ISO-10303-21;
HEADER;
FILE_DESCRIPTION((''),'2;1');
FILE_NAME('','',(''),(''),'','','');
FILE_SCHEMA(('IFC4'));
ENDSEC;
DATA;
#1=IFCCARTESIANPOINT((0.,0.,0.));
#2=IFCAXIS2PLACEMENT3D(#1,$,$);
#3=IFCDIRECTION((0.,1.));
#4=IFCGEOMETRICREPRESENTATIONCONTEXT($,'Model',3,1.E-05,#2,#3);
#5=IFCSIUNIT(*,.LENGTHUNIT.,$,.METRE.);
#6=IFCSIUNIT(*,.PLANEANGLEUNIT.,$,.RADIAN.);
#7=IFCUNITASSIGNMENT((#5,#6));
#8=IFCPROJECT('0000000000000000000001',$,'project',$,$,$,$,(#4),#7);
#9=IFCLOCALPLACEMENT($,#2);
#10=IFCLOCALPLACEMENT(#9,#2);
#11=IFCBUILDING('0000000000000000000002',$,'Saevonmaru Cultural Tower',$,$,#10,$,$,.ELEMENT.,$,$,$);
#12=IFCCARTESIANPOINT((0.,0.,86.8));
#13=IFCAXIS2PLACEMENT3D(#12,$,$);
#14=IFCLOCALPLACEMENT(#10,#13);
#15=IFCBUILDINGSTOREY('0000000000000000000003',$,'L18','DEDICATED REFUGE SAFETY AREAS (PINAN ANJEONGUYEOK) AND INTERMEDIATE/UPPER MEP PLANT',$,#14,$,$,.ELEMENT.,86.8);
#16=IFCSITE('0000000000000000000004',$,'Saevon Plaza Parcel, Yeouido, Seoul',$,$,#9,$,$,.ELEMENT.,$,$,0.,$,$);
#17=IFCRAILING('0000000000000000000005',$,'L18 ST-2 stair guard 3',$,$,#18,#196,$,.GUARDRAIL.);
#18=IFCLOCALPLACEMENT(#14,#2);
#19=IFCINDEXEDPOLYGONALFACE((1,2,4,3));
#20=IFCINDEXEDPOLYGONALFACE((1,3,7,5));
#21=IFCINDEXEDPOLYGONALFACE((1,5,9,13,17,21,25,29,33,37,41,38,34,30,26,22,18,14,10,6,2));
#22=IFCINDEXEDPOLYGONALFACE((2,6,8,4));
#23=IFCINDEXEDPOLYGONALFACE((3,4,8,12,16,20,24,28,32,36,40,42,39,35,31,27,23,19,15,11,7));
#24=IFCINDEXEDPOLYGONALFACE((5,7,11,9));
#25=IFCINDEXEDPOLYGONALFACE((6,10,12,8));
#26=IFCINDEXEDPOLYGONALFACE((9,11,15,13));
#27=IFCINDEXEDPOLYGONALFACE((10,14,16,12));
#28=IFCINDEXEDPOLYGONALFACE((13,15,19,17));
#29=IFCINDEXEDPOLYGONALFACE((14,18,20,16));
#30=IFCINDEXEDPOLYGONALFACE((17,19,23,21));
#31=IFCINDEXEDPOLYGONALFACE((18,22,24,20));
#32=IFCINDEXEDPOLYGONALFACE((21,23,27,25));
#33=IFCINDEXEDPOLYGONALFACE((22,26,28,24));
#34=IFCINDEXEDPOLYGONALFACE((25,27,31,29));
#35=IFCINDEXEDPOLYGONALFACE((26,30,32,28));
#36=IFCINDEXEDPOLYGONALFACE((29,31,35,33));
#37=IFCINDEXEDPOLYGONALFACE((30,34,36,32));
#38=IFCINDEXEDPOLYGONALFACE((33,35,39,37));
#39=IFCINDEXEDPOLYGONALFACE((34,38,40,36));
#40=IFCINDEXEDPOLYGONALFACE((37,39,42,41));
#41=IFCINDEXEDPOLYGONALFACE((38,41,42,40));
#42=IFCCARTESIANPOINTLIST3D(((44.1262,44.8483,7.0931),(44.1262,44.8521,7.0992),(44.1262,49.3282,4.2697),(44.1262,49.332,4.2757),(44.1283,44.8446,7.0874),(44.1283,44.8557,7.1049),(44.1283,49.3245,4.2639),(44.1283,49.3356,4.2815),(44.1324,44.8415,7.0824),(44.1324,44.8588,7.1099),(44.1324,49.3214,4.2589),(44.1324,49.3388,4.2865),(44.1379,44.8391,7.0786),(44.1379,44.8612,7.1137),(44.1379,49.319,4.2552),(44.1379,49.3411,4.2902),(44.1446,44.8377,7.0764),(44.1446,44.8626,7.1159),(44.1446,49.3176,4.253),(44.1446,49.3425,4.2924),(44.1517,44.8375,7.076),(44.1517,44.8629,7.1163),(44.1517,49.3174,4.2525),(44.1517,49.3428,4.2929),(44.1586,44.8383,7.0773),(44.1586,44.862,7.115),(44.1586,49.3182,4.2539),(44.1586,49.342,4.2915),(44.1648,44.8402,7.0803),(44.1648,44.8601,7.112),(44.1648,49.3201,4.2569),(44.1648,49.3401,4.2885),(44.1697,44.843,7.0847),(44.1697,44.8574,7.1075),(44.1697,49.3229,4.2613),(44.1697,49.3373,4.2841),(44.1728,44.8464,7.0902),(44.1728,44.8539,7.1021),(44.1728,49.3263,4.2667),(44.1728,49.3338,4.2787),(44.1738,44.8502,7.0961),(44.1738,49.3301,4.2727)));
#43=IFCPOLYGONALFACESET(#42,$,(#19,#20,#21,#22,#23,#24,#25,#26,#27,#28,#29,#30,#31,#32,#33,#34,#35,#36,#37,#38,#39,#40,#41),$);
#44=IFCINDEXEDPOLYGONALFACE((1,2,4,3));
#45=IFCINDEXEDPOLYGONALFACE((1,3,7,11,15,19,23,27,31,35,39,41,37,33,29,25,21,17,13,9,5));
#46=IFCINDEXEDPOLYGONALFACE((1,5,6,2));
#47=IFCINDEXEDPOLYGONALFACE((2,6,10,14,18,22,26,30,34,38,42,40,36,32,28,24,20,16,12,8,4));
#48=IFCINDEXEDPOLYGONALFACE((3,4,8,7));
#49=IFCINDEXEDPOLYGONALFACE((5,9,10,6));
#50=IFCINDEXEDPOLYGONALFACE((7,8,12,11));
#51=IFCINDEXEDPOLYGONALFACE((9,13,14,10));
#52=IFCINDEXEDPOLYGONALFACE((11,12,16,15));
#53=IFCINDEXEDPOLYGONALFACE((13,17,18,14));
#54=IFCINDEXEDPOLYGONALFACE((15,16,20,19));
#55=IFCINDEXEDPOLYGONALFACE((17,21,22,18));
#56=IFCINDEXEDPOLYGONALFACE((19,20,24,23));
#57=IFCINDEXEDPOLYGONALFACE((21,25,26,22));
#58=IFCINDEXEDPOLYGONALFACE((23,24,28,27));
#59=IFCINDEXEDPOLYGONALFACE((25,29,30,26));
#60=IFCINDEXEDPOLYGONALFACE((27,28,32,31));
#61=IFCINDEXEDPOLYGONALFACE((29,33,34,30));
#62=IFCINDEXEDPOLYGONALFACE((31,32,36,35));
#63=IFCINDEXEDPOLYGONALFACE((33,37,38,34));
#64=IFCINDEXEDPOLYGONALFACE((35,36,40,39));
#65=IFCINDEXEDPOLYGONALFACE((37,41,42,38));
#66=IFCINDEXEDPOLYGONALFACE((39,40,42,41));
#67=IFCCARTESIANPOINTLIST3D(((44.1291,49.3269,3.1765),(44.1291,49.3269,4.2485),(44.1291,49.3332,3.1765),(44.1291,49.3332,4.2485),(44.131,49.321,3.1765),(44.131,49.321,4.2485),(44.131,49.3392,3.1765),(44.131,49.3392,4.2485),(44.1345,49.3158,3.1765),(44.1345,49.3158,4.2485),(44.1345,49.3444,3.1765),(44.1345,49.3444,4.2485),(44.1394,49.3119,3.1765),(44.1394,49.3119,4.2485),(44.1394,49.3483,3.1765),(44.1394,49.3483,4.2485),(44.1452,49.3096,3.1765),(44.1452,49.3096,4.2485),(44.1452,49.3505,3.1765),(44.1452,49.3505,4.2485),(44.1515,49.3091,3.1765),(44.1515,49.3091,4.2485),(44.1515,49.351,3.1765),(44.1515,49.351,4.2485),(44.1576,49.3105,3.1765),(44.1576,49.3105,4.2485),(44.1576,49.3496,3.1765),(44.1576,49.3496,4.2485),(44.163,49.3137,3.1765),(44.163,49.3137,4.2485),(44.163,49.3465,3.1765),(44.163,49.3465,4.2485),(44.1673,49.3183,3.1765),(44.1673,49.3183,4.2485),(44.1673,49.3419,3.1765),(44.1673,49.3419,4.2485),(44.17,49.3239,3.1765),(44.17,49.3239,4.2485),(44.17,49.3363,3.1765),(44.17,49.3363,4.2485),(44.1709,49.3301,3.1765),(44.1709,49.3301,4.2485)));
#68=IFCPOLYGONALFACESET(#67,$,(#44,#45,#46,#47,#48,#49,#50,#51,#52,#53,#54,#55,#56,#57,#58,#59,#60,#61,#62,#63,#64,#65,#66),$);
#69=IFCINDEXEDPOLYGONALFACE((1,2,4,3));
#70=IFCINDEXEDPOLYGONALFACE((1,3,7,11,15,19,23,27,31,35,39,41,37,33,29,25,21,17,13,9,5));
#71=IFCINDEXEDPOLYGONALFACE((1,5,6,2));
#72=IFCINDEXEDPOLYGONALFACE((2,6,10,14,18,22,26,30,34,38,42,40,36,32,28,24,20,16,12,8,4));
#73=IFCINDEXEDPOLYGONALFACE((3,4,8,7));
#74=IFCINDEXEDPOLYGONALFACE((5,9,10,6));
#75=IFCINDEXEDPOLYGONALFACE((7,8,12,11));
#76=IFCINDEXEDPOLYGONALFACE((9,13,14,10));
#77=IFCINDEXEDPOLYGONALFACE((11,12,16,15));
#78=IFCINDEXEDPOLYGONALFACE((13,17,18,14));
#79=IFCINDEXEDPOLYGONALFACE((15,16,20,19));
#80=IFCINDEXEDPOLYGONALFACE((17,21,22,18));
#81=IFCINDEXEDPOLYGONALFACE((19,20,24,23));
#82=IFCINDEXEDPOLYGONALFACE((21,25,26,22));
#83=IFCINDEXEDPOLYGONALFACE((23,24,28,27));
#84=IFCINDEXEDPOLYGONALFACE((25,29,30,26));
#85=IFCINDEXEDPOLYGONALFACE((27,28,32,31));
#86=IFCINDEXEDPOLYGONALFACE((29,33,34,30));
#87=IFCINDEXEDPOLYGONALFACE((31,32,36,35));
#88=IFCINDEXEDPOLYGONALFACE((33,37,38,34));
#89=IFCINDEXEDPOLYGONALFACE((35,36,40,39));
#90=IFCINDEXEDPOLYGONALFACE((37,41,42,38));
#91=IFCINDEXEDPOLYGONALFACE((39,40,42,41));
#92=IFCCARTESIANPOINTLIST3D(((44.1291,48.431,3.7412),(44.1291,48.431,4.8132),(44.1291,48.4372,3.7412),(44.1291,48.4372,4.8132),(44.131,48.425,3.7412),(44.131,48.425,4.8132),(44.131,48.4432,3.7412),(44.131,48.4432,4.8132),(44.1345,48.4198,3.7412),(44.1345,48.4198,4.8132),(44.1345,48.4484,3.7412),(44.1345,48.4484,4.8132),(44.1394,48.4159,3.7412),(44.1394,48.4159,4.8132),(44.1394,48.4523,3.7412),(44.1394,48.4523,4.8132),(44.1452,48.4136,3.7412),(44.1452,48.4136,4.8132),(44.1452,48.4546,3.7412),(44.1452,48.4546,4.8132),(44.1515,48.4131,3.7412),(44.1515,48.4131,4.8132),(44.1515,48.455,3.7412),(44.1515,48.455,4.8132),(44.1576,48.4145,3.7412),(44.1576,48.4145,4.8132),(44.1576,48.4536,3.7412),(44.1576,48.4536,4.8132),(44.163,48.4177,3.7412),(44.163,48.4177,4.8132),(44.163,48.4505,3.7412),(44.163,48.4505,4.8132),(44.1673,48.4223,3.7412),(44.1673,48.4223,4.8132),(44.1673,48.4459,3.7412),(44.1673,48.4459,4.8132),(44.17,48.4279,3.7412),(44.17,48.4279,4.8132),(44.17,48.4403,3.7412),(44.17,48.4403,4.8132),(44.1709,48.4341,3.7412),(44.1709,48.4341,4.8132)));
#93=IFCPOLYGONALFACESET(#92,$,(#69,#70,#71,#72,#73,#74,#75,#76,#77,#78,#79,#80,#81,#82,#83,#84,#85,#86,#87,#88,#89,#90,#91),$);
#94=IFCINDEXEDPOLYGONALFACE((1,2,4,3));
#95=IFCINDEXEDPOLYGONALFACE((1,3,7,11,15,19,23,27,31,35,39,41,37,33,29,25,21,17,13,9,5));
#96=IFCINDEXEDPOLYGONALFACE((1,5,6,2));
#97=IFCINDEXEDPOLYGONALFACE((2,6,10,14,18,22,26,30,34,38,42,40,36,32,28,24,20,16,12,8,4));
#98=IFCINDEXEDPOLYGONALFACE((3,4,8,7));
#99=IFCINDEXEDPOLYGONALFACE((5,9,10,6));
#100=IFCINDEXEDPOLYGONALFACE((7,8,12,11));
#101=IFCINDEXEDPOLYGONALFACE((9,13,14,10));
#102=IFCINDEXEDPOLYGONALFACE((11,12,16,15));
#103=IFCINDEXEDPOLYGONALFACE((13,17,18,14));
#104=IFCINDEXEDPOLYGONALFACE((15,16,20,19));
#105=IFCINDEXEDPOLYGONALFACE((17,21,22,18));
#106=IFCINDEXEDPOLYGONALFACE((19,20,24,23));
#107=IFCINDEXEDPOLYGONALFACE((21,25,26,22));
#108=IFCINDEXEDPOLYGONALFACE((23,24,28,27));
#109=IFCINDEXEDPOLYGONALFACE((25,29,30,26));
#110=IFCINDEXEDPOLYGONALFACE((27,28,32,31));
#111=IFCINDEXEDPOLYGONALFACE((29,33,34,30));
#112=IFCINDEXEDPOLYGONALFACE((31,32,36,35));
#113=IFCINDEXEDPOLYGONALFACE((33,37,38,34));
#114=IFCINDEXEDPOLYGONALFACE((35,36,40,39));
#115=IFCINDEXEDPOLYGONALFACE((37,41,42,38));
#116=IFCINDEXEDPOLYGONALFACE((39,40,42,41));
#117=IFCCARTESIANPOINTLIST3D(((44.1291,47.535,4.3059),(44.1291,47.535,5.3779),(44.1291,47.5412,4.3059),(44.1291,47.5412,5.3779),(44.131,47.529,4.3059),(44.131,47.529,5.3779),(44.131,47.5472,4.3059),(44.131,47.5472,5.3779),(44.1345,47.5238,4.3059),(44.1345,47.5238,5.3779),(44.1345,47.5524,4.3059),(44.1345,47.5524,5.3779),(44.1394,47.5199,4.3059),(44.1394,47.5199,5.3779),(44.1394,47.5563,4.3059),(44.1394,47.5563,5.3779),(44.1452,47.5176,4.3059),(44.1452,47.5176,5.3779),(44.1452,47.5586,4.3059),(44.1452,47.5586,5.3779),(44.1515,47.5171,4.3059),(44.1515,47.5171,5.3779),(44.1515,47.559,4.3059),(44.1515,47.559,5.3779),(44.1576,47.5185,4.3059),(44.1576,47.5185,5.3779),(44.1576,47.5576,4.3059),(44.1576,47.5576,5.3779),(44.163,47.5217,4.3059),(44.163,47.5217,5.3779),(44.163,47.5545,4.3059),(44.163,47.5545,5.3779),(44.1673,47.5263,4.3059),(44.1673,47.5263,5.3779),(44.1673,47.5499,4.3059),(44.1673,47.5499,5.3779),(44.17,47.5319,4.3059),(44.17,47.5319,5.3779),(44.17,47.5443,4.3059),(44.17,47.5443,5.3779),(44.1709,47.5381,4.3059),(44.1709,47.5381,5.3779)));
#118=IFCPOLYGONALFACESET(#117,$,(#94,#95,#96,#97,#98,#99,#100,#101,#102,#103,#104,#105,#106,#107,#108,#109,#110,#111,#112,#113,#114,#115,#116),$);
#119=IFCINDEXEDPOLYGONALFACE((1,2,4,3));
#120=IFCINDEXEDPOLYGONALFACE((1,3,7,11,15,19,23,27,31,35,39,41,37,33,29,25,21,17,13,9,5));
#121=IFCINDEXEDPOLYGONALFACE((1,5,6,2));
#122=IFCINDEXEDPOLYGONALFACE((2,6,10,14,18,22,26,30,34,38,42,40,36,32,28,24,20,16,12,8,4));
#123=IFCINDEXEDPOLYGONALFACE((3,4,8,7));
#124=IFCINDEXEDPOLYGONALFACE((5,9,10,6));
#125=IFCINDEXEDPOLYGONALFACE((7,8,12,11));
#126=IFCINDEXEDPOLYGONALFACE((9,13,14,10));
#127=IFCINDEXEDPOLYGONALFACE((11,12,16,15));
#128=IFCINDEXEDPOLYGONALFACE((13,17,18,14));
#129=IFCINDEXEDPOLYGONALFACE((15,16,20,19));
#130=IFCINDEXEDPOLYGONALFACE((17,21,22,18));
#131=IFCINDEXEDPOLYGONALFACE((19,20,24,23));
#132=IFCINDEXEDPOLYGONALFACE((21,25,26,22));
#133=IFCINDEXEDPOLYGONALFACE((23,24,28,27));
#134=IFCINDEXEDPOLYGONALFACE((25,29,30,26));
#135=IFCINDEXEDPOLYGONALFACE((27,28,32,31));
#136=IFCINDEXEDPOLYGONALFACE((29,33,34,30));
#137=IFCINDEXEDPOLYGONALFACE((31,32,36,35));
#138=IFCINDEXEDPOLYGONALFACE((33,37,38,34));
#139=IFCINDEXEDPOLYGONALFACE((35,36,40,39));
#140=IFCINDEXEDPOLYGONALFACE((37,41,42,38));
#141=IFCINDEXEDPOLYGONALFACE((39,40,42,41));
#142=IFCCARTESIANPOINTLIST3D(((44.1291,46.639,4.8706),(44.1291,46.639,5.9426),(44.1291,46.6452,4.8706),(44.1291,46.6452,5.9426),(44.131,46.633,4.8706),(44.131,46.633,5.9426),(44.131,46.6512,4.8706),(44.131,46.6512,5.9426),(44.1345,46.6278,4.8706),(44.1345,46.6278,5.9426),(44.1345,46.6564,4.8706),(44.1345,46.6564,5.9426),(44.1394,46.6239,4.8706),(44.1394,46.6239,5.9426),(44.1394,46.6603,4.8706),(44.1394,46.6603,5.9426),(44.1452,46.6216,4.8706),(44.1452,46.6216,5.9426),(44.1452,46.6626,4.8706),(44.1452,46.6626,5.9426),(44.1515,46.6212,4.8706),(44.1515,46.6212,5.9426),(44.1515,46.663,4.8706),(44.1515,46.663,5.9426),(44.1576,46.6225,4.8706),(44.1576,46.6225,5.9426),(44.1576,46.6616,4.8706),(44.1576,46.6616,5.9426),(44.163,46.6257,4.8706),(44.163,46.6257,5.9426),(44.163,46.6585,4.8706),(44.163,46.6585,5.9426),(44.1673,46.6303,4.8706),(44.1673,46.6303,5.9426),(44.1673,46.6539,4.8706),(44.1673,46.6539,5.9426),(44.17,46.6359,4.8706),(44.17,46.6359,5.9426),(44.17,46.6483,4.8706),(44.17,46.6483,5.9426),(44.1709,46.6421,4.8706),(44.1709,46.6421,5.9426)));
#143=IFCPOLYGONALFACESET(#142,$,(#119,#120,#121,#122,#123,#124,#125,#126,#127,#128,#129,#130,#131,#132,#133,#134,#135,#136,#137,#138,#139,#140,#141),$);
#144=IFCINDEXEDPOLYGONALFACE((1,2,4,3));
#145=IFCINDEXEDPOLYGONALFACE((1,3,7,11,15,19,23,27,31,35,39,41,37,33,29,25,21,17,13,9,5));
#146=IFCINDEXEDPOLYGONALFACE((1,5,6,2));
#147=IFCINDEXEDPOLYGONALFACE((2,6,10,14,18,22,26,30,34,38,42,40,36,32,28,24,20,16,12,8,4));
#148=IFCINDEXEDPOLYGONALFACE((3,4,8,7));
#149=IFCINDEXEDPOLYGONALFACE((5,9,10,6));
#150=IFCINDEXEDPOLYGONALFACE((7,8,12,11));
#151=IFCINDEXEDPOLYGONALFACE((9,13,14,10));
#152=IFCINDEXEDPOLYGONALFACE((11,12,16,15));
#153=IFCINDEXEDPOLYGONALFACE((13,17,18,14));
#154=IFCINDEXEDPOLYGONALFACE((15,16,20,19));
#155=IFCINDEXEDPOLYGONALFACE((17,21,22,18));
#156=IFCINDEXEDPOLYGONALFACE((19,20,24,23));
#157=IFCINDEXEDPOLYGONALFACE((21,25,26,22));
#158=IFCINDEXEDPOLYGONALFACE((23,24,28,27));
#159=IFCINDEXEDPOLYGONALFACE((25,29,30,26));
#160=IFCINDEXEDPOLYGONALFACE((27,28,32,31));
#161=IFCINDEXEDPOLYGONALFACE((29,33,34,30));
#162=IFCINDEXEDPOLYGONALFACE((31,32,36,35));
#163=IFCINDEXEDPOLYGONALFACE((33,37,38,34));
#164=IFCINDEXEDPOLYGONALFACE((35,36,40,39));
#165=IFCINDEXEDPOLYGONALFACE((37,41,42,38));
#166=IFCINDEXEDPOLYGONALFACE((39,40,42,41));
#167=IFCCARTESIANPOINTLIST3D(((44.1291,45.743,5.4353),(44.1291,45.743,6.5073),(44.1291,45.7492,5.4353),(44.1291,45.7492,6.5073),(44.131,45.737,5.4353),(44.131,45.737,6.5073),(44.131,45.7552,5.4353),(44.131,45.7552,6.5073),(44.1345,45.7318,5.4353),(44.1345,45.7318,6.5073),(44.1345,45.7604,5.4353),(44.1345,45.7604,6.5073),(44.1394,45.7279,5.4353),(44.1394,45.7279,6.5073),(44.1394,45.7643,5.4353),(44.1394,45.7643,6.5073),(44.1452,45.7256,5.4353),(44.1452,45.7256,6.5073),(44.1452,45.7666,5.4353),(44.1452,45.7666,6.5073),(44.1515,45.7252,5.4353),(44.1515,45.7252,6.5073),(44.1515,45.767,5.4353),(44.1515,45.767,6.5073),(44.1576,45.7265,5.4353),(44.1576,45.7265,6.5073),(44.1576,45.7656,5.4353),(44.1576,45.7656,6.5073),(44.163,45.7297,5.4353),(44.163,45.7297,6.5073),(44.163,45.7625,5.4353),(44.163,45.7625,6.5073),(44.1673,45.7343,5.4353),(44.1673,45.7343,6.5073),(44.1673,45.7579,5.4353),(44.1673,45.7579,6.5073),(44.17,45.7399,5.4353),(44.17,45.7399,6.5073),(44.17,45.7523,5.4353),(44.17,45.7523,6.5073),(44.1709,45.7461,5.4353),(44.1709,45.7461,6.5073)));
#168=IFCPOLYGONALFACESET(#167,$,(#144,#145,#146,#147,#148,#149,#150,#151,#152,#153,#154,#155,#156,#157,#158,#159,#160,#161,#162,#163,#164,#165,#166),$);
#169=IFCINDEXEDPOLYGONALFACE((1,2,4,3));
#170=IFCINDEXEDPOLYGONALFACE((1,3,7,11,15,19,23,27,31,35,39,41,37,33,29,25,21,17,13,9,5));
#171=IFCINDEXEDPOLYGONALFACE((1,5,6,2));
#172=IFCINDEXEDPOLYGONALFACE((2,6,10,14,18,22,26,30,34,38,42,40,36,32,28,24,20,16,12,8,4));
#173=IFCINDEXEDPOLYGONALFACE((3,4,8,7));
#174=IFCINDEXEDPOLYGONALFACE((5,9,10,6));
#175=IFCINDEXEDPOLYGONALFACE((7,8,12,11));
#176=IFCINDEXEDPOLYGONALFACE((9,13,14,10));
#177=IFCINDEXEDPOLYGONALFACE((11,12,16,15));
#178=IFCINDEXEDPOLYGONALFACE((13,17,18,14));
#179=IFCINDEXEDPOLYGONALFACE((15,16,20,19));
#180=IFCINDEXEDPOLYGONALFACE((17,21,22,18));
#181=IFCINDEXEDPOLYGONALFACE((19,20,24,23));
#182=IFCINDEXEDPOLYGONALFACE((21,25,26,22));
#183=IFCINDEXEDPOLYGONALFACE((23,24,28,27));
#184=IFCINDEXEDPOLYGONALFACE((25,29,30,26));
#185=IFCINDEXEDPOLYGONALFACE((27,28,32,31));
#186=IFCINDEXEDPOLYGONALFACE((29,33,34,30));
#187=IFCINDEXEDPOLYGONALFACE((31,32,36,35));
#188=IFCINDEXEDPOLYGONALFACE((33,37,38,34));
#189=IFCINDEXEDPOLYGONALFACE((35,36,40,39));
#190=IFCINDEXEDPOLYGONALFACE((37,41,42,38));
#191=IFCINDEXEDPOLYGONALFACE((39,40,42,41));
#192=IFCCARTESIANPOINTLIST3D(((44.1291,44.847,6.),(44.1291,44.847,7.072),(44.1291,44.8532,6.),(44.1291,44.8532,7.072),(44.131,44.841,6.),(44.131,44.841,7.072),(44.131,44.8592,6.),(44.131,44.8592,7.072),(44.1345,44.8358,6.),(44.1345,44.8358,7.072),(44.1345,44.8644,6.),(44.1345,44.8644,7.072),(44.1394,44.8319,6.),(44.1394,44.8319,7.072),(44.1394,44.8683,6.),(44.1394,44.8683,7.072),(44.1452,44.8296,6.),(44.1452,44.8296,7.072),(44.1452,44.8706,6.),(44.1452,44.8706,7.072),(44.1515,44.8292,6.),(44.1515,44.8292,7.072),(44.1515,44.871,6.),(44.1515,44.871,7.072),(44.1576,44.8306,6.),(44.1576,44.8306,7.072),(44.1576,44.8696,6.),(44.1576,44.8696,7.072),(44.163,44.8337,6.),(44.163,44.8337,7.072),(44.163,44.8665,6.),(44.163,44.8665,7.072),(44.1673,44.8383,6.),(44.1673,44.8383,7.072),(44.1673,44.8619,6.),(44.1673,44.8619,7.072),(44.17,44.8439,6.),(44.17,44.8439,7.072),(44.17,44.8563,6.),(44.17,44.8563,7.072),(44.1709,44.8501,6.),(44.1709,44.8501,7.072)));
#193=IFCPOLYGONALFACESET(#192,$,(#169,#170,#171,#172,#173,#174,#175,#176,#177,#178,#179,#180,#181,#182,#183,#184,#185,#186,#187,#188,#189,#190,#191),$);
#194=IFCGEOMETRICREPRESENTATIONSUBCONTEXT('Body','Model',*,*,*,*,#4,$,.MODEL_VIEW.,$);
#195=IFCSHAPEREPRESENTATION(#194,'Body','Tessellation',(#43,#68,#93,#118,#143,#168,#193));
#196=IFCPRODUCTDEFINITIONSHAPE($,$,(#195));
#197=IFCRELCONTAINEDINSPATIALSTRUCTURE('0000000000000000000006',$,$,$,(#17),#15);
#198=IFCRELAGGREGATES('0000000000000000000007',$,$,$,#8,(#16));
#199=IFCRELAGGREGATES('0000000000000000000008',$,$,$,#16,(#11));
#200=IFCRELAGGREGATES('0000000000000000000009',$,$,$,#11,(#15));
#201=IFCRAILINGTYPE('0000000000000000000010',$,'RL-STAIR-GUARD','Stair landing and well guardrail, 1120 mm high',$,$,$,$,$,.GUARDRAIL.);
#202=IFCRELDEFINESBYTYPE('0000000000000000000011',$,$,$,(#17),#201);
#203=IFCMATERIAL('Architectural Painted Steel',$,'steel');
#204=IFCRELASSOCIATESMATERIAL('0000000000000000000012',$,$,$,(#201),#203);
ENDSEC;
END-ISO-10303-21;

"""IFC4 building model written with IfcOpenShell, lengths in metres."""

from ifc_helpers import new_model, si_unit, direction, frame, origin, origin_2d, place, context, subcontext, project, spatial, circle, extrude, material, type_object, element, save


model = new_model("IFC4")

# Units and contexts
model_context = context("Model", 3, precision=1e-05, world=origin(), true_north=direction((0.0, 1.0)))
body_context = subcontext(model_context, "Body", "Model", "MODEL_VIEW")
ifc_project = project(units=[si_unit("LENGTHUNIT", "METRE"), si_unit("PLANEANGLEUNIT", "RADIAN")], contexts=[model_context])

# Site, building, storey
site_placement = place(None, origin())
site = spatial("IfcSite", under=ifc_project, at=site_placement, Name="Saevon Plaza Parcel, Yeouido, Seoul", CompositionType="ELEMENT", RefElevation=0.0)
building_placement = place(site_placement, origin())
building = spatial("IfcBuilding", under=site, at=building_placement, Name="Saevonmaru Cultural Tower", CompositionType="ELEMENT")
storey_placement = place(building_placement, frame((0.0, 0.0, 86.8)))
storey = spatial("IfcBuildingStorey", under=building, at=storey_placement, Name="L18", Description="DEDICATED REFUGE SAFETY AREAS (PINAN ANJEONGUYEOK) AND INTERMEDIATE/UPPER MEP PLANT", CompositionType="ELEMENT", Elevation=86.8)

# Railing
ifc_material_1 = material(Name="Architectural Painted Steel", Category="steel")
railing_type_1 = type_object("IfcRailingType", Name="RL-STAIR-GUARD", Description="Stair landing and well guardrail, 1120 mm high", PredefinedType="GUARDRAIL", material=ifc_material_1)
railing_1_placement = place(storey_placement, frame((44.1499, 49.3301, 3.1765)))
element("IfcRailing", 1, at=railing_1_placement, inside=storey, type_object=railing_type_1, Name="L18 ST-2 stair guard 3", PredefinedType="GUARDRAIL", context=body_context, shape_type="SweptSolid", body=[
    extrude(circle(Radius=0.0239, at=origin_2d()), frame((0.0, 0.0, 1.0962), z_axis=(0.0, -0.845998, 0.533186), x_axis=(1.0, 0.0, 0.0)), (0.0, 0.0, 1.0), 5.2954),
    extrude(circle(Radius=0.021, at=origin_2d()), origin(), (0.0, 0.0, 1.0), 1.072),
    extrude(circle(Radius=0.021, at=origin_2d()), frame((0.0, -0.896, 0.5647)), (0.0, 0.0, 1.0), 1.072),
    extrude(circle(Radius=0.021, at=origin_2d()), frame((0.0, -1.792, 1.1294)), (0.0, 0.0, 1.0), 1.072),
    extrude(circle(Radius=0.021, at=origin_2d()), frame((0.0, -2.688, 1.6941)), (0.0, 0.0, 1.0), 1.072),
    extrude(circle(Radius=0.021, at=origin_2d()), frame((0.0, -3.584, 2.2588)), (0.0, 0.0, 1.0), 1.072),
    extrude(circle(Radius=0.021, at=origin_2d()), frame((0.0, -4.48, 2.8235)), (0.0, 0.0, 1.0), 1.072),
])

save(model, "model.ifc")
